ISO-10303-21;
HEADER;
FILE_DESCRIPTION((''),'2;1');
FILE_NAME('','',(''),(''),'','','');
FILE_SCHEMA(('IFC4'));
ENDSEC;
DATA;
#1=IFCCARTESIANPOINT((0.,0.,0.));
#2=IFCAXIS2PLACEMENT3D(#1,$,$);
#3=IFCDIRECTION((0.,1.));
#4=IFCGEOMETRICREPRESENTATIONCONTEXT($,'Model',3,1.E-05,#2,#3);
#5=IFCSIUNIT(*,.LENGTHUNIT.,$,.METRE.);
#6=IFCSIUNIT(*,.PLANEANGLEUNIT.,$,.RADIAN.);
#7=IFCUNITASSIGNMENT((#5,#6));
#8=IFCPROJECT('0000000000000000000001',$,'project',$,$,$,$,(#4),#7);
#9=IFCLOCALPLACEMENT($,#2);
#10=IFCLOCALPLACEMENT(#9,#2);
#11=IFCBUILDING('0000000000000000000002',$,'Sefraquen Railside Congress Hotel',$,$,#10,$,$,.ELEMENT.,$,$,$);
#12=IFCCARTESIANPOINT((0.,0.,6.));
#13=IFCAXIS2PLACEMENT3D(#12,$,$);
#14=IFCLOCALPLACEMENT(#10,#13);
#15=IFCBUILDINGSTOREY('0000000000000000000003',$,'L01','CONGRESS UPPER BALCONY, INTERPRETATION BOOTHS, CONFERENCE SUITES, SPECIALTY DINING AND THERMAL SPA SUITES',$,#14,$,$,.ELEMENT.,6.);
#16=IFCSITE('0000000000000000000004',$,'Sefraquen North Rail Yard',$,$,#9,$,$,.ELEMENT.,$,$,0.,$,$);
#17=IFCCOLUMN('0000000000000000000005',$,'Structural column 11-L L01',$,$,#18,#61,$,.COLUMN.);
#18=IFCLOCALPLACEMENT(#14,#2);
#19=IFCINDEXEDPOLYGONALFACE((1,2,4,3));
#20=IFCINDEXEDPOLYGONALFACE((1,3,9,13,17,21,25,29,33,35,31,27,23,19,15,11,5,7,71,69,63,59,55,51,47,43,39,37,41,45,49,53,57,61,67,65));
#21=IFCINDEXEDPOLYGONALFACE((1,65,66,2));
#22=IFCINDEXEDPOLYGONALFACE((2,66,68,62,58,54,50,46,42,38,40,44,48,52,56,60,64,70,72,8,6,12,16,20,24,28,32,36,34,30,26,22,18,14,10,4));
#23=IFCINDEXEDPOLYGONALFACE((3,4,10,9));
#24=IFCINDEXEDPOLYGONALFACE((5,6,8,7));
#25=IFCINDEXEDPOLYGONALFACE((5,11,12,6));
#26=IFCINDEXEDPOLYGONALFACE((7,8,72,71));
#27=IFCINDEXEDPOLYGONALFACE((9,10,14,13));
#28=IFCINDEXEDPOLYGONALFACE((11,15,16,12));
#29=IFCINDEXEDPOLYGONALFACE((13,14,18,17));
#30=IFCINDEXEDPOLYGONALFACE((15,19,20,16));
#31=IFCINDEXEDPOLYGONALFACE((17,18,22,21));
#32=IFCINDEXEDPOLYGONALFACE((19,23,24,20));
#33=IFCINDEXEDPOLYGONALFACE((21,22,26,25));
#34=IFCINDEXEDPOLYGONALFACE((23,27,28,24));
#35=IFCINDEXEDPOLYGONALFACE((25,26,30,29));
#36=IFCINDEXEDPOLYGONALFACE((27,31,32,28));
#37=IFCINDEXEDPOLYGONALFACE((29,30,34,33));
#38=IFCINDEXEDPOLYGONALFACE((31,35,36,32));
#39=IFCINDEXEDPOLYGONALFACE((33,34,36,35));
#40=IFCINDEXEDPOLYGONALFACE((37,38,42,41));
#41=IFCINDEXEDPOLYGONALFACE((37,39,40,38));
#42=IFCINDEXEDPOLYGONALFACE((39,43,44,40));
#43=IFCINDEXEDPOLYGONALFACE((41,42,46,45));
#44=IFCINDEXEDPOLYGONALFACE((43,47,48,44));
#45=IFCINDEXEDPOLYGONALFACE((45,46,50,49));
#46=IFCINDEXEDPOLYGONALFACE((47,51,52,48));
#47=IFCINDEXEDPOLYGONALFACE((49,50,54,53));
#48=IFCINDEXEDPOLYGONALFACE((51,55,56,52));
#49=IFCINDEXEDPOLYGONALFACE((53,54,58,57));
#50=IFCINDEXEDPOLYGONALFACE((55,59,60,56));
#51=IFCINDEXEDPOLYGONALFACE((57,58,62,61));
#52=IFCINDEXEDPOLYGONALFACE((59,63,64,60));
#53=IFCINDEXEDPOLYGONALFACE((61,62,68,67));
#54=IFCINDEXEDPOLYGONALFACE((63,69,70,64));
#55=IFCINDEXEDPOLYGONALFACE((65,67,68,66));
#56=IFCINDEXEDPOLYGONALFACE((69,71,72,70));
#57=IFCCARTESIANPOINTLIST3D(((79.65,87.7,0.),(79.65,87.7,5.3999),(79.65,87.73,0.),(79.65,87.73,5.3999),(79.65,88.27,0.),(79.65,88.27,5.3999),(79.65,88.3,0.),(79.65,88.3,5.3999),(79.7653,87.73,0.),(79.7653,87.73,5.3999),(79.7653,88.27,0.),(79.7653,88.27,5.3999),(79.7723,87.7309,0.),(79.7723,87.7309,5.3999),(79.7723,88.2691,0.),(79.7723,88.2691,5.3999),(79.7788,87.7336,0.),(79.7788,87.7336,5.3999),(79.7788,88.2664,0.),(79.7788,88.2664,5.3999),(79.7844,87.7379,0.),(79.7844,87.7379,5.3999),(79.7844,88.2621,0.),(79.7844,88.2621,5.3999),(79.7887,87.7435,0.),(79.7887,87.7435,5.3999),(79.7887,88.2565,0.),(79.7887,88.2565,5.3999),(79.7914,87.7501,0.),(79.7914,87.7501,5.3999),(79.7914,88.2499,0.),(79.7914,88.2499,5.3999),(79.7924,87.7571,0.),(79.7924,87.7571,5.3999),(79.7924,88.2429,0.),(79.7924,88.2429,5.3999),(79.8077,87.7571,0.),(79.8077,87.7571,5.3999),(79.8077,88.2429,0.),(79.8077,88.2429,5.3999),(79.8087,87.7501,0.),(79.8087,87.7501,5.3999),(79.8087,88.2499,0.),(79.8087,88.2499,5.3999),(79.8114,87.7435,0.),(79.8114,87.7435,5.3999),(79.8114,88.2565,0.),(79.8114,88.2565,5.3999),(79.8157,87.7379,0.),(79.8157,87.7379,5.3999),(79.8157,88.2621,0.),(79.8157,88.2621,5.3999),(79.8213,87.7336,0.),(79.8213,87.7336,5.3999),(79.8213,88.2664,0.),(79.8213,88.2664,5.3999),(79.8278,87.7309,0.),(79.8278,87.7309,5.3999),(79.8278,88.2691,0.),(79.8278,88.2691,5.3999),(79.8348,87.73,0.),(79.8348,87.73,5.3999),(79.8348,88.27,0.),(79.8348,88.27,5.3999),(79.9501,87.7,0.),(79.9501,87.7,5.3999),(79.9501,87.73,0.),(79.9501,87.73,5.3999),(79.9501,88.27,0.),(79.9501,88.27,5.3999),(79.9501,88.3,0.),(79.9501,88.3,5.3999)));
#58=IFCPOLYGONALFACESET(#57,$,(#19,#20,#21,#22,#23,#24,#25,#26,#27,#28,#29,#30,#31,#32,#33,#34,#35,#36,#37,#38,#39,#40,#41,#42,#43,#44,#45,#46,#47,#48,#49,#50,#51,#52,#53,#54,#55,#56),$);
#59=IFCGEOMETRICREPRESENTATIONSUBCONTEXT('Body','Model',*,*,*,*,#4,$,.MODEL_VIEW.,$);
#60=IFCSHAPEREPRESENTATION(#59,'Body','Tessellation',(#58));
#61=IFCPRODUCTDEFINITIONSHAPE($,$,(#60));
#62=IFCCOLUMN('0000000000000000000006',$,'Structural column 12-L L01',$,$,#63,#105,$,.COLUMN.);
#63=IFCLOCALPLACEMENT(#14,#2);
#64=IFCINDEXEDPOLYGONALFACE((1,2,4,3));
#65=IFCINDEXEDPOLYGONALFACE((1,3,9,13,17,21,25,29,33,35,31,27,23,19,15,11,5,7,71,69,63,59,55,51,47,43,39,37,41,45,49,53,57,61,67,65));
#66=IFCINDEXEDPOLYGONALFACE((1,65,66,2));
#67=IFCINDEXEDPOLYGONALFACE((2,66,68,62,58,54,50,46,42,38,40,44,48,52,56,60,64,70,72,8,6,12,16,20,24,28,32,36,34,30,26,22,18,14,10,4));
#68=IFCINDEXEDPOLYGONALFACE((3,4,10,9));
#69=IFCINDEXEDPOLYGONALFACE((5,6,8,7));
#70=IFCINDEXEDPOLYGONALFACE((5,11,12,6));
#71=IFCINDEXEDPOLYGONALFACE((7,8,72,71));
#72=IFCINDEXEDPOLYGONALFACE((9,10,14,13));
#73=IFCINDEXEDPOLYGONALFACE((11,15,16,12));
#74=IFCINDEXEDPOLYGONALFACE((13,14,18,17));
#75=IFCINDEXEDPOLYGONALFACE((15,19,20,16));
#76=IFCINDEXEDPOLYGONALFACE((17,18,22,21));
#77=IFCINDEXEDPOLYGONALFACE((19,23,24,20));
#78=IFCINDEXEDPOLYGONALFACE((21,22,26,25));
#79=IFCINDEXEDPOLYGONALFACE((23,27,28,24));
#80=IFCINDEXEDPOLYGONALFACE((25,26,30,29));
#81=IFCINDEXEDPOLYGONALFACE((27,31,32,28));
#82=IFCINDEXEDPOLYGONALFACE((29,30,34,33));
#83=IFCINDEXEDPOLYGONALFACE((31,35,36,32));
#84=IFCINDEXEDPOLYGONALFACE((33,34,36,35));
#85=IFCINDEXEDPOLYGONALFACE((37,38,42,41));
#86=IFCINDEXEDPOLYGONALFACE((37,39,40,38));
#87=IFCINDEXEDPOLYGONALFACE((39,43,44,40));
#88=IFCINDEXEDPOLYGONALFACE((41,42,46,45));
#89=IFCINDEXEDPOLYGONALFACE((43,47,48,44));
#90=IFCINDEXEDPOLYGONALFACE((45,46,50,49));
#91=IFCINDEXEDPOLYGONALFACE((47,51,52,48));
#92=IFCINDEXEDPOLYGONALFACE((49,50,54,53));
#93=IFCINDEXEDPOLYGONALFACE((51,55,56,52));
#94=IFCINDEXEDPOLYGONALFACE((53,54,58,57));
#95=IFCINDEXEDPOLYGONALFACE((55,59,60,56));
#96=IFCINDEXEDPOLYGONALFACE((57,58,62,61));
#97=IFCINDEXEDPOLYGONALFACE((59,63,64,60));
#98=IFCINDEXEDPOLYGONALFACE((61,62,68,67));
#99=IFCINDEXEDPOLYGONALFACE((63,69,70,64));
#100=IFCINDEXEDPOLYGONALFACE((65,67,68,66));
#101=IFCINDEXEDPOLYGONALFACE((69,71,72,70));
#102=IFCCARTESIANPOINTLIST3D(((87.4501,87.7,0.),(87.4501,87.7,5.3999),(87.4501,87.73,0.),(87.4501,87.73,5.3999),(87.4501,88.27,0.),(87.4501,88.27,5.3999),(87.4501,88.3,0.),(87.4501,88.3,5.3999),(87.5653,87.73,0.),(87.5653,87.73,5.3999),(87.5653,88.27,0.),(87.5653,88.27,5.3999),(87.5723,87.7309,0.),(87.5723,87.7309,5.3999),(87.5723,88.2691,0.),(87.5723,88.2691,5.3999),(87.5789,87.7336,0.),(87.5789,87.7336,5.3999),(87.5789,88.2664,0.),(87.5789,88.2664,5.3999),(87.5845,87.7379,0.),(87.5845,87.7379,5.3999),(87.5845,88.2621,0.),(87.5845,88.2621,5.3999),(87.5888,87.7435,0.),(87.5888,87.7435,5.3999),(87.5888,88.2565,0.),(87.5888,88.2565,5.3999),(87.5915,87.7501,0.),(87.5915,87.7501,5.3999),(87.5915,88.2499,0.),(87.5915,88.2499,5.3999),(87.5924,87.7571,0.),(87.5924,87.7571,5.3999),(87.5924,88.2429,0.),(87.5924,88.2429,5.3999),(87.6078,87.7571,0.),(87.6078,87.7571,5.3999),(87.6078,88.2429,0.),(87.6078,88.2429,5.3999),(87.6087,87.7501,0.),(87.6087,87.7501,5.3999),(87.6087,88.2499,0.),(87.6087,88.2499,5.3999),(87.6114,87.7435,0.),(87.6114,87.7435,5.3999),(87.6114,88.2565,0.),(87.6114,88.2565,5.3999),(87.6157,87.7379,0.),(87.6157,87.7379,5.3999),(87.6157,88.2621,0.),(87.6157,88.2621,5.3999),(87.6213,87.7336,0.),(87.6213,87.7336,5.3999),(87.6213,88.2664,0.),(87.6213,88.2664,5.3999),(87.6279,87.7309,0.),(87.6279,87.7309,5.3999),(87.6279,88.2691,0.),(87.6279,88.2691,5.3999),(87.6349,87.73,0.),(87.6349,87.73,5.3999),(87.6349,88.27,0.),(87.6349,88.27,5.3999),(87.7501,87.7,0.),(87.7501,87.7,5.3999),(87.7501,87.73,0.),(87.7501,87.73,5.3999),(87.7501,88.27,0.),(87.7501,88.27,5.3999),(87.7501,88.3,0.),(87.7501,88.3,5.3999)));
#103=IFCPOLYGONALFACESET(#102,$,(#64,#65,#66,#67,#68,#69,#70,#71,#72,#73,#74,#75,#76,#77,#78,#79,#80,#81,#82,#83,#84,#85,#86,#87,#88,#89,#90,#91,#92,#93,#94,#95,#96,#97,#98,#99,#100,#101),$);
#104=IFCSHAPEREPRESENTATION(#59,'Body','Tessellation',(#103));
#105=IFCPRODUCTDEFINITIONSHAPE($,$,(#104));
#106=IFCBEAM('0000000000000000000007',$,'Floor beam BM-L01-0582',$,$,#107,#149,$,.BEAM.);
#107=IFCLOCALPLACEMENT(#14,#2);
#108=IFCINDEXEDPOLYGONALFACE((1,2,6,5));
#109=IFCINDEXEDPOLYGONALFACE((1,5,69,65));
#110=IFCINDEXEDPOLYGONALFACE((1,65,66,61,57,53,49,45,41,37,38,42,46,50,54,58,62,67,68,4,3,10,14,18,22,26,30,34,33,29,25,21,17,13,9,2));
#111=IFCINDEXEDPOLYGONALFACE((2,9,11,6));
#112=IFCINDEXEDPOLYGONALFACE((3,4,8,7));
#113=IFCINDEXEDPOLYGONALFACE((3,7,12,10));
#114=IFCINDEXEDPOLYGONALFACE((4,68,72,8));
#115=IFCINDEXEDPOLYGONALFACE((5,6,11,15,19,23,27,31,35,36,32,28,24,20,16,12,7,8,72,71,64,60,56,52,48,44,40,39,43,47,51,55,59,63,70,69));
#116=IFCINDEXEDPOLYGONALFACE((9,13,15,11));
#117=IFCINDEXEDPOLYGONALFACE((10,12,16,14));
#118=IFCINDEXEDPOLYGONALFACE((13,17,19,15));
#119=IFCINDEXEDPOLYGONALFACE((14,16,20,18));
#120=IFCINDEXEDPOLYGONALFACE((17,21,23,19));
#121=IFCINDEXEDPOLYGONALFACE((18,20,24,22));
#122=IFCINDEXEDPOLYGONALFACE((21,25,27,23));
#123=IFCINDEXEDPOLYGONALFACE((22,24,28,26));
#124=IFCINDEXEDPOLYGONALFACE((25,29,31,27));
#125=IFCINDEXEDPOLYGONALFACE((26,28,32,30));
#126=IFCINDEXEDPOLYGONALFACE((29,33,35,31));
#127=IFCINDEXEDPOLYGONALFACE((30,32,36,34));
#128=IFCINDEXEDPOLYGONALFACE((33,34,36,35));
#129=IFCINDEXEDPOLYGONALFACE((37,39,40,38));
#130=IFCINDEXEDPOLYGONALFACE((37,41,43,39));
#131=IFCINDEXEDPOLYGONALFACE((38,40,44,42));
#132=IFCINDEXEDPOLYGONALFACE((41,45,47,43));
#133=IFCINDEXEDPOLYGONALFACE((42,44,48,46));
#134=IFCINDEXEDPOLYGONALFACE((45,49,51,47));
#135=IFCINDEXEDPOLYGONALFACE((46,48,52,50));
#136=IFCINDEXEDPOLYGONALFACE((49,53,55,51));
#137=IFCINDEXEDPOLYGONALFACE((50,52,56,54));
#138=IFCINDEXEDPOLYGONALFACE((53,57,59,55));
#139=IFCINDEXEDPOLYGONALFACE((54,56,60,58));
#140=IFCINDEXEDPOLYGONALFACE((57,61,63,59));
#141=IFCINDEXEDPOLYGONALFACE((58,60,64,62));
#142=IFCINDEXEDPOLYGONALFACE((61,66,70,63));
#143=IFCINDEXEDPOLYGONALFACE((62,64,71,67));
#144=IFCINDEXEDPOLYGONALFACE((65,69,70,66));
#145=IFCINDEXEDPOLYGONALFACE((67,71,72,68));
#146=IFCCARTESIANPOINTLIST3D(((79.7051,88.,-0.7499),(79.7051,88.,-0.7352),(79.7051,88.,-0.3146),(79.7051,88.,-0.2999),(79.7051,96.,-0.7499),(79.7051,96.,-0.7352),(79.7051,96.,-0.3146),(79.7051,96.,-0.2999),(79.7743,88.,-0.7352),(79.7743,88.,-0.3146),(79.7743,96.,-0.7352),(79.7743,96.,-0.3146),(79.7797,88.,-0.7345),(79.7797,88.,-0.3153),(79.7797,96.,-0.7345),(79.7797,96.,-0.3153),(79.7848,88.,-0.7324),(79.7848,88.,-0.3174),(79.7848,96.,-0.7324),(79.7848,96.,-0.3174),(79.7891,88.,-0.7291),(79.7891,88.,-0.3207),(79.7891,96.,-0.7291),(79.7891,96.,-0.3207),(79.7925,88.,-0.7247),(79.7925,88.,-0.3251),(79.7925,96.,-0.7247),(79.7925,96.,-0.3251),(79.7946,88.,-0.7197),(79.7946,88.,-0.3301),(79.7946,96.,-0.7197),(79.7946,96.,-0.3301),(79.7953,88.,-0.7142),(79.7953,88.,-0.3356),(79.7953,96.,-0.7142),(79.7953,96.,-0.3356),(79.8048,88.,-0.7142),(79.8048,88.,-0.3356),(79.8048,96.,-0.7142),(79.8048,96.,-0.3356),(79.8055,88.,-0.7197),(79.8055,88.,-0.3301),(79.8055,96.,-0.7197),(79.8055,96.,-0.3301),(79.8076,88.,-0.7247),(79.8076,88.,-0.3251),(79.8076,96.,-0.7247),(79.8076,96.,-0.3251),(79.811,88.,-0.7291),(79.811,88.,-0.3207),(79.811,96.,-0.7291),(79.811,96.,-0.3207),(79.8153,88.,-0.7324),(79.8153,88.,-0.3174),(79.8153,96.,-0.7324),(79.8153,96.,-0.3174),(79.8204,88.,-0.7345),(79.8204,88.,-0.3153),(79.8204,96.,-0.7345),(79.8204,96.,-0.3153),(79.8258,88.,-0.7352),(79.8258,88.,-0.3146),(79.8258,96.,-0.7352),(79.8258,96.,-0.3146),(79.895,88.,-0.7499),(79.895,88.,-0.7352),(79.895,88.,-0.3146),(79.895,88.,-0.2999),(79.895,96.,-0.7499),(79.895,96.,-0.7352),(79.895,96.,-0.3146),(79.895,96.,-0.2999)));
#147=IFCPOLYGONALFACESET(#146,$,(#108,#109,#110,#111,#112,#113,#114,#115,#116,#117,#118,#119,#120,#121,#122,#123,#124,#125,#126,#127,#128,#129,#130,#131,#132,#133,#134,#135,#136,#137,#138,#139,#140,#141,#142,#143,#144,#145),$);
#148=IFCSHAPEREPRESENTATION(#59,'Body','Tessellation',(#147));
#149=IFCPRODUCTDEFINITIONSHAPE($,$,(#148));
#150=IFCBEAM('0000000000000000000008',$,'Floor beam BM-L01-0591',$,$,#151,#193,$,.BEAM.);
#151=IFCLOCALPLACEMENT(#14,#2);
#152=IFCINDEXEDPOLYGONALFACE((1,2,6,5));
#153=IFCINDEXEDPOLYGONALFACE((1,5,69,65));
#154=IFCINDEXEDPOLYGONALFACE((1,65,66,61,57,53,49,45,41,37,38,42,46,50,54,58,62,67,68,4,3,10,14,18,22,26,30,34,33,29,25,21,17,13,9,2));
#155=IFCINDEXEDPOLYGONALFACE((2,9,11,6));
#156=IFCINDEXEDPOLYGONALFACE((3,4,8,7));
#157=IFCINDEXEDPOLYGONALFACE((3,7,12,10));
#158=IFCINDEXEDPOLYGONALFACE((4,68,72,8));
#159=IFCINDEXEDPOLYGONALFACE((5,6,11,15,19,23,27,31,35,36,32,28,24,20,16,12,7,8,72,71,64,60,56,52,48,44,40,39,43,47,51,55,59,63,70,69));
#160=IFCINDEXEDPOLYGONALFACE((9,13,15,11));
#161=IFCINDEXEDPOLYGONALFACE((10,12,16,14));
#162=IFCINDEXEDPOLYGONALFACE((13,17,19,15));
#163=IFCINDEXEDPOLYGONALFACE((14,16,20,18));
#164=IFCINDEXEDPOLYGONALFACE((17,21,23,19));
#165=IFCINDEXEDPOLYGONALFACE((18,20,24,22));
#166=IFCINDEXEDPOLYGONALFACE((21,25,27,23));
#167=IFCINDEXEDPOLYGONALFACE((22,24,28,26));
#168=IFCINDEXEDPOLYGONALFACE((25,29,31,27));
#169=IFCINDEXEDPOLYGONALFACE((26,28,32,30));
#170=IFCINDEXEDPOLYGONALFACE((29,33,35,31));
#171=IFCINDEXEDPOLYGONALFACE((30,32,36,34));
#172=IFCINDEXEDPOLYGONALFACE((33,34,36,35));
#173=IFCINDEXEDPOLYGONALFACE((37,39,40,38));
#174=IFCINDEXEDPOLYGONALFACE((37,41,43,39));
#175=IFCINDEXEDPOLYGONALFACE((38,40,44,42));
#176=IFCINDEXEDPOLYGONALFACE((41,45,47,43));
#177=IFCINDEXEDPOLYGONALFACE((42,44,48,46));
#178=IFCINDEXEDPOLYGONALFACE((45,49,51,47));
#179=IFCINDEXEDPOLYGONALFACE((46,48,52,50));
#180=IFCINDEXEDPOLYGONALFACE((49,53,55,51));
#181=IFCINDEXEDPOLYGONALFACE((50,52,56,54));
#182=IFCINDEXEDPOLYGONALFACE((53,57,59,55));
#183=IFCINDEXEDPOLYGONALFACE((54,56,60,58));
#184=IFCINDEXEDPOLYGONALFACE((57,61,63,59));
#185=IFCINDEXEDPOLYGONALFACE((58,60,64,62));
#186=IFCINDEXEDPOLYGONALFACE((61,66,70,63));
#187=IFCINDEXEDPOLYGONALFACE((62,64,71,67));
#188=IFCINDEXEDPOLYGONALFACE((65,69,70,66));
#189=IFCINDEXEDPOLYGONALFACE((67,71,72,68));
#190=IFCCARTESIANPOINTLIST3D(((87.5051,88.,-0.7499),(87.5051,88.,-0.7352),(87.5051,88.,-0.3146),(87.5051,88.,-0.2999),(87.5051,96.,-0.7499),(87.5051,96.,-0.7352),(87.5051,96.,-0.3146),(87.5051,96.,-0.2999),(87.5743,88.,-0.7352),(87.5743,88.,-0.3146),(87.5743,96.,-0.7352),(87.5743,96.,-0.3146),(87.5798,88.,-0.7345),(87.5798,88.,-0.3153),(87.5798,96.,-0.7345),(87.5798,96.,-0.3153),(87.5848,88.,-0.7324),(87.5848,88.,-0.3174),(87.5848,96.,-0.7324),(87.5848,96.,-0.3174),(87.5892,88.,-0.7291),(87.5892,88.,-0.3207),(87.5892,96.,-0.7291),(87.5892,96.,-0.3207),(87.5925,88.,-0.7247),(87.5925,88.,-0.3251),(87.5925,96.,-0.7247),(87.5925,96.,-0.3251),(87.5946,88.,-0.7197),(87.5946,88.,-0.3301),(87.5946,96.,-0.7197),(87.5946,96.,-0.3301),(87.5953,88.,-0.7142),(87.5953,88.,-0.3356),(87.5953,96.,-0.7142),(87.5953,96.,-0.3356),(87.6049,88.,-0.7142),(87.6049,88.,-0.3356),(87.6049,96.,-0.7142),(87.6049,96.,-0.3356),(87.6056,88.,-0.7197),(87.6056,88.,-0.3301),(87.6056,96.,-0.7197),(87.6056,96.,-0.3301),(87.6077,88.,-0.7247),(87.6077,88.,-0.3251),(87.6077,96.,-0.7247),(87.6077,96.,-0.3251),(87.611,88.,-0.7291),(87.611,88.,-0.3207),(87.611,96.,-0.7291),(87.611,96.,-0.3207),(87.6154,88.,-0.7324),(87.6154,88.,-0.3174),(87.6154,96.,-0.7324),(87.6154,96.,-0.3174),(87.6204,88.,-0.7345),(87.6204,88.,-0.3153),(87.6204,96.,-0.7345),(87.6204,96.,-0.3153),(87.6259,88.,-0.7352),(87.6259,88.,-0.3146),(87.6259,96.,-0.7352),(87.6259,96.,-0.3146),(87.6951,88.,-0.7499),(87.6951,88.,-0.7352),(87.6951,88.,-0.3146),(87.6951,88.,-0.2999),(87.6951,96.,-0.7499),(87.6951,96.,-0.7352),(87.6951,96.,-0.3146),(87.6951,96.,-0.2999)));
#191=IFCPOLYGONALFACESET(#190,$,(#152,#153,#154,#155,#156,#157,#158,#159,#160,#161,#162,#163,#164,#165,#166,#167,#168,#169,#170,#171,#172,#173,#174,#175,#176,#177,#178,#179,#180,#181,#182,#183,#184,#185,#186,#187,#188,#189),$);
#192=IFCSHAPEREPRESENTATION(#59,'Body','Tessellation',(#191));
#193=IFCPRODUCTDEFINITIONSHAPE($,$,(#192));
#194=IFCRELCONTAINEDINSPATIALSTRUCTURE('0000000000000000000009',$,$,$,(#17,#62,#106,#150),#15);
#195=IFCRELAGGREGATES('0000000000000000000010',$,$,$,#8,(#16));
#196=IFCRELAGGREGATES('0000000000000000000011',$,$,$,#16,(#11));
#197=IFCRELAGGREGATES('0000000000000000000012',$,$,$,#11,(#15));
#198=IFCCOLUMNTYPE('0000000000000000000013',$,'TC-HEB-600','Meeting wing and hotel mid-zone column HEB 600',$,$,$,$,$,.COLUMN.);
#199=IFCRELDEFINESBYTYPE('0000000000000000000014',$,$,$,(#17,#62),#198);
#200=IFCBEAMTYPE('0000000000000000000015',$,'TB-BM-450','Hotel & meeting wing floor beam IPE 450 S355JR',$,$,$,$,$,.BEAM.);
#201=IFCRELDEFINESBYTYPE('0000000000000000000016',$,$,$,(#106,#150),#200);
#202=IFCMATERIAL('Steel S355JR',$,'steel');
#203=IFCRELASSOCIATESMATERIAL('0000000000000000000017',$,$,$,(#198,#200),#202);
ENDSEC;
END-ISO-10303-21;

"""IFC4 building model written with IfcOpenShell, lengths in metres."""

from ifc_helpers import new_model, si_unit, direction, frame, origin, origin_2d, place, context, subcontext, project, spatial, i_section, extrude, material, material_profile, profile_set, type_object, element, save


model = new_model("IFC4")

# Units and contexts
model_context = context("Model", 3, precision=1e-05, world=origin(), true_north=direction((0.0, 1.0)))
body_context = subcontext(model_context, "Body", "Model", "MODEL_VIEW")
ifc_project = project(units=[si_unit("LENGTHUNIT", "METRE"), si_unit("PLANEANGLEUNIT", "RADIAN")], contexts=[model_context])

# Site, building, storey
site_placement = place(None, origin())
site = spatial("IfcSite", under=ifc_project, at=site_placement, Name="Sefraquen North Rail Yard", CompositionType="ELEMENT", RefElevation=0.0)
building_placement = place(site_placement, origin())
building = spatial("IfcBuilding", under=site, at=building_placement, Name="Sefraquen Railside Congress Hotel", CompositionType="ELEMENT")
storey_placement = place(building_placement, frame((0.0, 0.0, 6.0)))
storey = spatial("IfcBuildingStorey", under=building, at=storey_placement, Name="L01", Description="CONGRESS UPPER BALCONY, INTERPRETATION BOOTHS, CONFERENCE SUITES, SPECIALTY DINING AND THERMAL SPA SUITES", CompositionType="ELEMENT", Elevation=6.0)

# Columns
ifc_material_1 = material(Name="Steel S355JR", Category="steel")
ifc_material_profile_1 = material_profile(ifc_material_1, i_section(OverallWidth=0.3, OverallDepth=0.6001, WebThickness=0.0154, FlangeThickness=0.03, FilletRadius=0.0271, at=origin_2d()), Name="HEB 600")
ifc_profile_set_1 = profile_set([ifc_material_profile_1], Name="Steel S355JR")
column_type = type_object("IfcColumnType", Name="TC-HEB-600", Description="Meeting wing and hotel mid-zone column HEB 600", PredefinedType="COLUMN", material=ifc_profile_set_1)
for number, where, z_axis, x_axis, name in (
    (1, (79.8, 88.0, 0.0), (0.0, 0.0, 1.0), (1.0, 0.0, 0.0), "Structural column 11-L L01"),
    (2, (87.6001, 88.0, 0.0), (0.0, 0.0, 1.0), (1.0, 0.0, 0.0), "Structural column 12-L L01"),
):
    element("IfcColumn", number, at=place(storey_placement, frame(where, z_axis=z_axis, x_axis=x_axis)), inside=storey, type_object=column_type, Name=name, PredefinedType="COLUMN", context=body_context, shape_type="SweptSolid", body=[
        extrude(i_section(OverallWidth=0.3, OverallDepth=0.6001, WebThickness=0.0154, FlangeThickness=0.03, FilletRadius=0.0271, at=origin_2d()), origin(), (0.0, 0.0, 1.0), 5.3999),
    ])

# Beams
ifc_material_profile_2 = material_profile(ifc_material_1, i_section(OverallWidth=0.1899, OverallDepth=0.45, WebThickness=0.0095, FlangeThickness=0.0146, FilletRadius=0.021, at=origin_2d()), Name="IPE 450")
ifc_profile_set_2 = profile_set([ifc_material_profile_2], Name="Steel S355JR")
beam_type_1 = type_object("IfcBeamType", Name="TB-BM-450", Description="Hotel & meeting wing floor beam IPE 450 S355JR", PredefinedType="BEAM", material=ifc_profile_set_2)
for number, where, z_axis, x_axis, name in (
    (3, (79.8, 88.0, -0.5249), (0.0, 1.0, 0.0), (-1.0, 0.0, 0.0), "Floor beam BM-L01-0582"),
    (4, (87.6001, 88.0, -0.5249), (0.0, 1.0, 0.0), (-1.0, 0.0, 0.0), "Floor beam BM-L01-0591"),
):
    element("IfcBeam", number, at=place(storey_placement, frame(where, z_axis=z_axis, x_axis=x_axis)), inside=storey, type_object=beam_type_1, Name=name, PredefinedType="BEAM", context=body_context, shape_type="SweptSolid", body=[
        extrude(i_section(OverallWidth=0.1899, OverallDepth=0.45, WebThickness=0.0095, FlangeThickness=0.0146, FilletRadius=0.021, at=origin_2d()), origin(), (0.0, 0.0, 1.0), 8.0),
    ])

save(model, "model.ifc")
